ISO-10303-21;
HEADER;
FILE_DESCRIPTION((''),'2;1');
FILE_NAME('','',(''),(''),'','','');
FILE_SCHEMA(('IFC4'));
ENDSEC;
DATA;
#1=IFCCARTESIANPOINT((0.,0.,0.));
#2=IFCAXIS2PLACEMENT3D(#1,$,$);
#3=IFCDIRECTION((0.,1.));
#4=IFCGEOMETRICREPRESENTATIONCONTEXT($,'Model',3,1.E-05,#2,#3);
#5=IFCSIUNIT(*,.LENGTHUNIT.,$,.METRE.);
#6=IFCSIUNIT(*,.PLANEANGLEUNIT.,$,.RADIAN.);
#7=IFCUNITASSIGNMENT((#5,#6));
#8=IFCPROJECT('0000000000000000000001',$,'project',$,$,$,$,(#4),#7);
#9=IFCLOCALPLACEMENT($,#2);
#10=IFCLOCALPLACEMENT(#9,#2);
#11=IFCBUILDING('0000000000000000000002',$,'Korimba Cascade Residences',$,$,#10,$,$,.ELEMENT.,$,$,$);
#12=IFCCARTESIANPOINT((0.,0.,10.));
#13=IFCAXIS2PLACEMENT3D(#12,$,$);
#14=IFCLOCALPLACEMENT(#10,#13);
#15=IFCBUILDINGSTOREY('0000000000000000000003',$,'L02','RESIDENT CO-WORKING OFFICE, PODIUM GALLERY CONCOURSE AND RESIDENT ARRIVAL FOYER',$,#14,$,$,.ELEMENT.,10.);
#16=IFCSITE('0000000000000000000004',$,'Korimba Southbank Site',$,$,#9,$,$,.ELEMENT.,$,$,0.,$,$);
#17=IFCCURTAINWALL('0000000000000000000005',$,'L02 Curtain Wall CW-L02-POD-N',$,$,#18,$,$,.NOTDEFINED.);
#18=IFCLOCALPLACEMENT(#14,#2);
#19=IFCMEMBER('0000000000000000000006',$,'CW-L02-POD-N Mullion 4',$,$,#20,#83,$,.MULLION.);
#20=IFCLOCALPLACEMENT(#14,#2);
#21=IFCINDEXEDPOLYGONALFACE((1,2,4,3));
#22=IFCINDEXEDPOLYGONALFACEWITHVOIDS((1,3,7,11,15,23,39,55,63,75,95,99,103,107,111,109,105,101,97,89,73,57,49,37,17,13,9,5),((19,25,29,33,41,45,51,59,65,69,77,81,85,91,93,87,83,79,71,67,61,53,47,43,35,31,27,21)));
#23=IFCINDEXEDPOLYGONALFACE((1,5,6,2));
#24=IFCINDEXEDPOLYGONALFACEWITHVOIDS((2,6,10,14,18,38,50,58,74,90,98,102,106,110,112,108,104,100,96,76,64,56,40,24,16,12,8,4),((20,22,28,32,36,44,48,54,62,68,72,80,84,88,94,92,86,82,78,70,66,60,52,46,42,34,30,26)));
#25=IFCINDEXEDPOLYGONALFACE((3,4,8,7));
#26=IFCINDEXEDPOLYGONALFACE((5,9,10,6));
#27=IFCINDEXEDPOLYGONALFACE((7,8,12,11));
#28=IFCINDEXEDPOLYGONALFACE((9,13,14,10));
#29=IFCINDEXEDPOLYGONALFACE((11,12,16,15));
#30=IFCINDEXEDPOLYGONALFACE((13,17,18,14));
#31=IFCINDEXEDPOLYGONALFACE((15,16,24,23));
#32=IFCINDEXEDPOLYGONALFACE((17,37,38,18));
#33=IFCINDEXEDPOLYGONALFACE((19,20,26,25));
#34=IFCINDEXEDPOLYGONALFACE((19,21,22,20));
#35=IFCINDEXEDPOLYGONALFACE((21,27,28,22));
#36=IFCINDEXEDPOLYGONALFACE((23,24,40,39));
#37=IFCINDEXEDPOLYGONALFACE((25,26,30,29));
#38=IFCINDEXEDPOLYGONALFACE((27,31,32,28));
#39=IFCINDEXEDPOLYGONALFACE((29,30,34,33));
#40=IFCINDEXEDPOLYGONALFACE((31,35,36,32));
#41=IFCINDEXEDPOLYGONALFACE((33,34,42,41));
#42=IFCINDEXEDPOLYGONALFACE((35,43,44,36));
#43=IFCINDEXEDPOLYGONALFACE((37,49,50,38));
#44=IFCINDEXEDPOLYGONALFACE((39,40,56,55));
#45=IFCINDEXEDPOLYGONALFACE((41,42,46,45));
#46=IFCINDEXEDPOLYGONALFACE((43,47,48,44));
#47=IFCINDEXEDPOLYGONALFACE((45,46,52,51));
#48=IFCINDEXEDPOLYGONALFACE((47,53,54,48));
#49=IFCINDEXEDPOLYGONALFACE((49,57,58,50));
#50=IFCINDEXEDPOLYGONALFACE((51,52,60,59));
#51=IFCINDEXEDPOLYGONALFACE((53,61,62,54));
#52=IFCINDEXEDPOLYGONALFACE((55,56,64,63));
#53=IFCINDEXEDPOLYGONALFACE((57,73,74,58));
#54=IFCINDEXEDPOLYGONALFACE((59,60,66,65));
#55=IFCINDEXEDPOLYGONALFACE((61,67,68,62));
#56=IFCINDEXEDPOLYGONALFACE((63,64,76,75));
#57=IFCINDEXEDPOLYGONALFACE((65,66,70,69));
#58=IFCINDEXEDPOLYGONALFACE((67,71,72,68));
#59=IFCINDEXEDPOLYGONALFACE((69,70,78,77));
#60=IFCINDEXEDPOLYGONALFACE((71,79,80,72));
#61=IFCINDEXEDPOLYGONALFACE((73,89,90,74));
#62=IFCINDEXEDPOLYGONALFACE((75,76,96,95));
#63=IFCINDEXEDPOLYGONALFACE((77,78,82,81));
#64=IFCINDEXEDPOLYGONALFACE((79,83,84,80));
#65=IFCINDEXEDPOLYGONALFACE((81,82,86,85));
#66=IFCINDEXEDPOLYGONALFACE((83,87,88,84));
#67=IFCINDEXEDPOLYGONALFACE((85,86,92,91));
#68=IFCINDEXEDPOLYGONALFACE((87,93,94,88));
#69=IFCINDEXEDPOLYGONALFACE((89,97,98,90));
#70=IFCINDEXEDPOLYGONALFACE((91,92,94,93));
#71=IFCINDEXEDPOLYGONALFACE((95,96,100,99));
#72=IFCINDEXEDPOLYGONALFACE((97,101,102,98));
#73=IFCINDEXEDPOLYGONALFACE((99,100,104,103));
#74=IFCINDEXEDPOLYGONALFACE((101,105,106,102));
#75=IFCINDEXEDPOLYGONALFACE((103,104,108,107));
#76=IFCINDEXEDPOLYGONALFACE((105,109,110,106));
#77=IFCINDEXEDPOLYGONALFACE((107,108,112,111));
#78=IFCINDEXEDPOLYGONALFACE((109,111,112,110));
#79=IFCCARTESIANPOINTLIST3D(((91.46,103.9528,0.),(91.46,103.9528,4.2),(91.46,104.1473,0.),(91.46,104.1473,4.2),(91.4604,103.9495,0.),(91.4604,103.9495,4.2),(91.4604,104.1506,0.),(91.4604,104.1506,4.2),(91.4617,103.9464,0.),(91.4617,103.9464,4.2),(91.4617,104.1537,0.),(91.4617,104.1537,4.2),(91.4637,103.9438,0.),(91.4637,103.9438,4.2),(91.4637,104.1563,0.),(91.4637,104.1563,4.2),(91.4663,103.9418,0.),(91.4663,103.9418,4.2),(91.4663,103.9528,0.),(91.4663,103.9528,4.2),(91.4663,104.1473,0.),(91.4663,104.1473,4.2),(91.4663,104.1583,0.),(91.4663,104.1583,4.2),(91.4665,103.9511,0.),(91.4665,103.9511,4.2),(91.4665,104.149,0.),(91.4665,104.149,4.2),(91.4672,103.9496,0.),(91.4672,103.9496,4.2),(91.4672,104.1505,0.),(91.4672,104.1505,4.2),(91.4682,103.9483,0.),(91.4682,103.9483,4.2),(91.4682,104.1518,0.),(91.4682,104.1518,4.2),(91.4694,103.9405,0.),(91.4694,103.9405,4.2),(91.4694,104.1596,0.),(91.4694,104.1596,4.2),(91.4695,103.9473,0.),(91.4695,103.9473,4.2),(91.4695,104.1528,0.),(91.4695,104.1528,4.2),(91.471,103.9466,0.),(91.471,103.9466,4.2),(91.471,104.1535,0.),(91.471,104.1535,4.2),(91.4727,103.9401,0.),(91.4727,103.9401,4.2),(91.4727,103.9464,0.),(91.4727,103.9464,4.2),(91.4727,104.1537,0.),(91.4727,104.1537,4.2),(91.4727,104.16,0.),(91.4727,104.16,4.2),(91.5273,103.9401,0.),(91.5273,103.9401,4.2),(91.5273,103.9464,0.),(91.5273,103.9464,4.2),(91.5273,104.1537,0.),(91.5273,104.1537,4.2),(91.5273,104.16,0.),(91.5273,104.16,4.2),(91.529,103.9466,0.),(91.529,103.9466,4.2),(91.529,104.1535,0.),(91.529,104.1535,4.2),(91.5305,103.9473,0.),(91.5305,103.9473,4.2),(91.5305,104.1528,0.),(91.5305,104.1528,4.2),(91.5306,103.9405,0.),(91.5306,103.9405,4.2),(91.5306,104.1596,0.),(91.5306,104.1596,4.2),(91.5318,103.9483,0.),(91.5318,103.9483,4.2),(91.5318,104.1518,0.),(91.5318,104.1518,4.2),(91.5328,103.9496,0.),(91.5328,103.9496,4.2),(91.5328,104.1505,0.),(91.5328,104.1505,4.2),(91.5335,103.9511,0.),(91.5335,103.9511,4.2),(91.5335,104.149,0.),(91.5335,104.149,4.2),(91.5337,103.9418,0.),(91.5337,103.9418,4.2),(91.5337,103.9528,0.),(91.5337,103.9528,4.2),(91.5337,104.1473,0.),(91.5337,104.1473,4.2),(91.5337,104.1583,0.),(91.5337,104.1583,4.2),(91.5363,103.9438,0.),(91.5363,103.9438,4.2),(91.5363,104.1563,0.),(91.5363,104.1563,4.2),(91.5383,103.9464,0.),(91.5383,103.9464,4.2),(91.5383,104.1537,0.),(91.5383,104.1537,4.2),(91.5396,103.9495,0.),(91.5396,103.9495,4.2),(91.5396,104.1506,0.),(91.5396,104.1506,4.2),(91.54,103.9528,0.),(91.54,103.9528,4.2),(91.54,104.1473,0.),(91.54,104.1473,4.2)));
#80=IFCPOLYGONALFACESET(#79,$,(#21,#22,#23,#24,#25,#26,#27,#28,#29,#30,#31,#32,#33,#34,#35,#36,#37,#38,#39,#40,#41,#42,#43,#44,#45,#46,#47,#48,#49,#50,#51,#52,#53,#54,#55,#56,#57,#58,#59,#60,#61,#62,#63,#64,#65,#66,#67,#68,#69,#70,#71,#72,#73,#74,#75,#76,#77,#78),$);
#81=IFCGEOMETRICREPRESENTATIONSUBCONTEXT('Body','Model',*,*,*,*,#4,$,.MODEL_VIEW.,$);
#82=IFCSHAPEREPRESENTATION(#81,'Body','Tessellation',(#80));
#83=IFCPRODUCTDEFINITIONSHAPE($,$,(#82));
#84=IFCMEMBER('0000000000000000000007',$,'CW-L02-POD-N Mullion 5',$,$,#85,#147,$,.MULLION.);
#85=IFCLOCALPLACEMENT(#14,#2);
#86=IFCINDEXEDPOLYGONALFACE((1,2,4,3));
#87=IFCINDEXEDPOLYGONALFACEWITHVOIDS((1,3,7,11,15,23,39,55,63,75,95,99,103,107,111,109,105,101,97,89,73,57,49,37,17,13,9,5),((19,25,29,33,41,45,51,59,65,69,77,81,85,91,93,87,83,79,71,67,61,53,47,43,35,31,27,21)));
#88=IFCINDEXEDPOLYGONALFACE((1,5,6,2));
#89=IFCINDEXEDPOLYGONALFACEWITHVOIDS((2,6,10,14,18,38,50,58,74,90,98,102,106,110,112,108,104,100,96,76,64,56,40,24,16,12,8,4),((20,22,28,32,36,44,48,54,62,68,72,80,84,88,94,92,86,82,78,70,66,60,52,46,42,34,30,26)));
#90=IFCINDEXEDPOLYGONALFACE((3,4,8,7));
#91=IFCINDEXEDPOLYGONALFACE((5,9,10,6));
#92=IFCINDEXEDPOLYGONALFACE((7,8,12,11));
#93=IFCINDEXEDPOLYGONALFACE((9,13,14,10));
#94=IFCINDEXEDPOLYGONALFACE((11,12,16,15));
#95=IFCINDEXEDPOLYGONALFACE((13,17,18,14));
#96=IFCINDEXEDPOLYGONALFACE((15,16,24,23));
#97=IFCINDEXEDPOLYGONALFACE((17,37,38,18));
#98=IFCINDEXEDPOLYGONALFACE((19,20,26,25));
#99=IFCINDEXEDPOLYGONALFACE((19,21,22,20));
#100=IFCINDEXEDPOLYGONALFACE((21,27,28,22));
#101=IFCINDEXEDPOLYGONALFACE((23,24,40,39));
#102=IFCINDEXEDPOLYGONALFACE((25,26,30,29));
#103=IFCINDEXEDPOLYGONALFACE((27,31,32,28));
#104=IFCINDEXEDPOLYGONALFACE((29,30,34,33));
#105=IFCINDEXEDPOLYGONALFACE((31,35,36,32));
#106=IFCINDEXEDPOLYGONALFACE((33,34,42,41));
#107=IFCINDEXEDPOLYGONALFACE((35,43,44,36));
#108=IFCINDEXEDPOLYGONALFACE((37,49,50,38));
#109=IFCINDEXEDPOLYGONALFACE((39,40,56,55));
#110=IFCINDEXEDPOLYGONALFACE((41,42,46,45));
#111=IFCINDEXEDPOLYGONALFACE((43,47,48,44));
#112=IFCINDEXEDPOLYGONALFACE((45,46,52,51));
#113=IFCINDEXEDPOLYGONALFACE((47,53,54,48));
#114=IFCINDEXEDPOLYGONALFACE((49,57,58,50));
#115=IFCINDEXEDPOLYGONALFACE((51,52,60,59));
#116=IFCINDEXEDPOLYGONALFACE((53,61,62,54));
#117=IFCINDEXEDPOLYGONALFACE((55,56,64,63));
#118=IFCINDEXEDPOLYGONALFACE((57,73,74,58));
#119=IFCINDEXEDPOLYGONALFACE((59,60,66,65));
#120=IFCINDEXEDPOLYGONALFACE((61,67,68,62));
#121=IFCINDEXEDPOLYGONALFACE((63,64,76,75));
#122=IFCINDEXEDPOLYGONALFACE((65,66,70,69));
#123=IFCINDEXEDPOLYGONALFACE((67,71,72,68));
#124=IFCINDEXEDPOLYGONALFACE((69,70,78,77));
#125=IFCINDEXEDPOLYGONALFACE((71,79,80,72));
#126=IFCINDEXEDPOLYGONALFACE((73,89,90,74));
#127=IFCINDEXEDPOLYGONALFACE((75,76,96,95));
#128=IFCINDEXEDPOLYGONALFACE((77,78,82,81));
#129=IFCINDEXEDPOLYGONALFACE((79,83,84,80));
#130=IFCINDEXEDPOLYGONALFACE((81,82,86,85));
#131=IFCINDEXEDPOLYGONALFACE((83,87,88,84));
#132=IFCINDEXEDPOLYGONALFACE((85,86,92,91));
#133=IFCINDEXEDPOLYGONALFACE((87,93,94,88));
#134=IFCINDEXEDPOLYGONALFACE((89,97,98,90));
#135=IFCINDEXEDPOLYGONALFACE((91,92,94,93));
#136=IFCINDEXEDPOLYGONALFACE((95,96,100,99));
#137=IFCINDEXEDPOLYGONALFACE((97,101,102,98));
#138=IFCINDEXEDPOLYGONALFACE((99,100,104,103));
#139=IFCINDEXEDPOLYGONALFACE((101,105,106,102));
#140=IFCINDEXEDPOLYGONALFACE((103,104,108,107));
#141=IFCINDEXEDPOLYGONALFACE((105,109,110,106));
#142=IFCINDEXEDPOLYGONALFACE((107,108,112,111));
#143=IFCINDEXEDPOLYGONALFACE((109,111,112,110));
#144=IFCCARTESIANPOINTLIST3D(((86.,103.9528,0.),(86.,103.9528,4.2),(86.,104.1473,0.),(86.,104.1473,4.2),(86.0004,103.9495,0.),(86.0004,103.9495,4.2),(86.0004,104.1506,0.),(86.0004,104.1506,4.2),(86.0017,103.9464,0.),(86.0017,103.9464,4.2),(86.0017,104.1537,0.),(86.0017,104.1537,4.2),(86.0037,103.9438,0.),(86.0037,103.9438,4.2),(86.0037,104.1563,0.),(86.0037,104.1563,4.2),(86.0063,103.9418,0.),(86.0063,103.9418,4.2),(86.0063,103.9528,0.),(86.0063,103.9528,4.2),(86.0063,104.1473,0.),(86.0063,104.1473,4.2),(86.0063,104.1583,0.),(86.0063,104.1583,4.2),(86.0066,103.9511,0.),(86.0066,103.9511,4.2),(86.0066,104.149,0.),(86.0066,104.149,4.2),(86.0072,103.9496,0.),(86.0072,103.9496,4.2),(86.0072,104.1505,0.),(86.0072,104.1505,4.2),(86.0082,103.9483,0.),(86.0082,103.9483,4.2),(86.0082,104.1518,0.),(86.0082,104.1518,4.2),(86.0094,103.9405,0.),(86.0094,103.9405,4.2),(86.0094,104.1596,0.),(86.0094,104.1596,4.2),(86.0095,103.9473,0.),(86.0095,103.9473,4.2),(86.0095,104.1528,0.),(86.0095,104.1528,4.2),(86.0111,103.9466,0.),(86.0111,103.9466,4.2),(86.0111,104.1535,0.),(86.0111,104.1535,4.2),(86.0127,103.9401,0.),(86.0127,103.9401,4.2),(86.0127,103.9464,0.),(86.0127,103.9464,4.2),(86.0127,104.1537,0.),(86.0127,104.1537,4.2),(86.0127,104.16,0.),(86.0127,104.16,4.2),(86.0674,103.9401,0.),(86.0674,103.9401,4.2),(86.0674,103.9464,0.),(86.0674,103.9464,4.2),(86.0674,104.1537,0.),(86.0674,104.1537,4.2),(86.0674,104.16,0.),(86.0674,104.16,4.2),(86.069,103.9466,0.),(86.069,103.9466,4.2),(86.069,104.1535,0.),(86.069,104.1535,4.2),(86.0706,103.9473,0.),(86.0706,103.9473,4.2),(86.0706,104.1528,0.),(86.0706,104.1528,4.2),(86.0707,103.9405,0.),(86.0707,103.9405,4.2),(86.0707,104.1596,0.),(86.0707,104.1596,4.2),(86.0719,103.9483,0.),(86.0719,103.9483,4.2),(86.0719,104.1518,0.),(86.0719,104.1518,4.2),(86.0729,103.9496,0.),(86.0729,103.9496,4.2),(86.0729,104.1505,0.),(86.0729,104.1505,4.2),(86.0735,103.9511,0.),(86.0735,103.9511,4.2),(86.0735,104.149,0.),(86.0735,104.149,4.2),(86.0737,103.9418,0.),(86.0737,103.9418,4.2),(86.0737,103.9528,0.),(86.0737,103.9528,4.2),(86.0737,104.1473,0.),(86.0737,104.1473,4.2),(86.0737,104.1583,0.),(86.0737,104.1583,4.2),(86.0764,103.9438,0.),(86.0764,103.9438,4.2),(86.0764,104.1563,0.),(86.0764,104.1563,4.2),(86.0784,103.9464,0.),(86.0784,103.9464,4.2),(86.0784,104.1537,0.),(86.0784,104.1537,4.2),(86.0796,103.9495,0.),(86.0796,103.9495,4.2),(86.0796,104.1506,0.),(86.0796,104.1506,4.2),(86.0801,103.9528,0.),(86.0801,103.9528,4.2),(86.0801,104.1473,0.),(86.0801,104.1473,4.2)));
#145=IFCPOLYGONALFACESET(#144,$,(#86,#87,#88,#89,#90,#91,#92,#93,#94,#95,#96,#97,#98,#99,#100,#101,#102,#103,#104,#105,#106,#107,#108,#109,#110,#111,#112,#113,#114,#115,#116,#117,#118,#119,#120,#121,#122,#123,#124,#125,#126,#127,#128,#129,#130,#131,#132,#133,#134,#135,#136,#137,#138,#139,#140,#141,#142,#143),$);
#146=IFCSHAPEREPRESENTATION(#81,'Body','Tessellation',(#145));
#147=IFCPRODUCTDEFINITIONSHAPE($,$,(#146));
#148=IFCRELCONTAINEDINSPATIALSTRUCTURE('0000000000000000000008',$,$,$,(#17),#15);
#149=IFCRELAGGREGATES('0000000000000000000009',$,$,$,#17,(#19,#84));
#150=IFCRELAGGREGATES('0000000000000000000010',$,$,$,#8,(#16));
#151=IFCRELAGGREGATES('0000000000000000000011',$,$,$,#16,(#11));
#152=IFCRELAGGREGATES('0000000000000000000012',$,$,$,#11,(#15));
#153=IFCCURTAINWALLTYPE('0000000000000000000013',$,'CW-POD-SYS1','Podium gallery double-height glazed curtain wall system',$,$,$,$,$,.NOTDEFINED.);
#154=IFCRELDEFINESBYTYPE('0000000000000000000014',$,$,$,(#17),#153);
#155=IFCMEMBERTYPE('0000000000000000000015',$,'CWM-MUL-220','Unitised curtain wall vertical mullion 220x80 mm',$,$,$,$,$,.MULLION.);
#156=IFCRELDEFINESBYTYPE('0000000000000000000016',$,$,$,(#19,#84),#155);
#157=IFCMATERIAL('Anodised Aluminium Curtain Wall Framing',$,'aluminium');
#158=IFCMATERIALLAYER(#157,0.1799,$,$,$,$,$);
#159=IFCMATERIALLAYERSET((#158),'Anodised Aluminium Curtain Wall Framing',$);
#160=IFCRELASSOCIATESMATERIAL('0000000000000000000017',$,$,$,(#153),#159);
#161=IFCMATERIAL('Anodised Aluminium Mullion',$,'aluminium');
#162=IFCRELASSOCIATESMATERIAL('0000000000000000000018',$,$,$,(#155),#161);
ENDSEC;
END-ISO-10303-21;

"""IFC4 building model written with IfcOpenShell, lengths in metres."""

from ifc_helpers import new_model, si_unit, direction, frame, origin, origin_2d, place, context, subcontext, project, spatial, hollow_rectangle, extrude, material, layer, layer_set, material_profile, profile_set, type_object, element, aggregate, save


model = new_model("IFC4")

# Units and contexts
model_context = context("Model", 3, precision=1e-05, world=origin(), true_north=direction((0.0, 1.0)))
body_context = subcontext(model_context, "Body", "Model", "MODEL_VIEW")
ifc_project = project(units=[si_unit("LENGTHUNIT", "METRE"), si_unit("PLANEANGLEUNIT", "RADIAN")], contexts=[model_context])

# Site, building, storey
site_placement = place(None, origin())
site = spatial("IfcSite", under=ifc_project, at=site_placement, Name="Korimba Southbank Site", CompositionType="ELEMENT", RefElevation=0.0)
building_placement = place(site_placement, origin())
building = spatial("IfcBuilding", under=site, at=building_placement, Name="Korimba Cascade Residences", CompositionType="ELEMENT")
storey_placement = place(building_placement, frame((0.0, 0.0, 10.0)))
storey = spatial("IfcBuildingStorey", under=building, at=storey_placement, Name="L02", Description="RESIDENT CO-WORKING OFFICE, PODIUM GALLERY CONCOURSE AND RESIDENT ARRIVAL FOYER", CompositionType="ELEMENT", Elevation=10.0)

# Curtain wall, members
ifc_material_1 = material(Name="Anodised Aluminium Curtain Wall Framing", Category="aluminium")
ifc_layer_1 = layer(ifc_material_1, 0.1799)
ifc_layer_set_1 = layer_set([ifc_layer_1], Name="Anodised Aluminium Curtain Wall Framing")
curtain_wall_type = type_object("IfcCurtainWallType", Name="CW-POD-SYS1", Description="Podium gallery double-height glazed curtain wall system", PredefinedType="NOTDEFINED", material=ifc_layer_set_1)
curtain_wall_placement = place(storey_placement, origin())
curtain_wall = element("IfcCurtainWall", 1, at=curtain_wall_placement, inside=storey, type_object=curtain_wall_type, Name="L02 Curtain Wall CW-L02-POD-N", PredefinedType="NOTDEFINED")
ifc_material_2 = material(Name="Anodised Aluminium Mullion", Category="aluminium")
ifc_material_profile_1 = material_profile(ifc_material_2, hollow_rectangle(XDim=0.0801, YDim=0.22, WallThickness=0.0063, InnerFilletRadius=0.0063, OuterFilletRadius=0.0127, at=origin_2d()), Name="Anodised Aluminium Mullion")
ifc_profile_set_1 = profile_set([ifc_material_profile_1], Name="Anodised Aluminium Mullion")
member_type_1 = type_object("IfcMemberType", Name="CWM-MUL-220", Description="Unitised curtain wall vertical mullion 220x80 mm", PredefinedType="MULLION", material=ifc_profile_set_1)
member_1_placement = place(storey_placement, frame((91.5, 104.05, 0.0), z_axis=(0.0, 0.0, 1.0), x_axis=(-1.0, 0.0, 0.0)))
member_1 = element("IfcMember", 2, at=member_1_placement, type_object=member_type_1, Name="CW-L02-POD-N Mullion 4", PredefinedType="MULLION", context=body_context, shape_type="SweptSolid", body=[
    extrude(hollow_rectangle(XDim=0.0801, YDim=0.22, WallThickness=0.0063, InnerFilletRadius=0.0063, OuterFilletRadius=0.0127, at=origin_2d()), origin(), (0.0, 0.0, 1.0), 4.2),
])
member_2_placement = place(storey_placement, frame((86.04, 104.05, 0.0), z_axis=(0.0, 0.0, 1.0), x_axis=(-1.0, 0.0, 0.0)))
member_2 = element("IfcMember", 3, at=member_2_placement, type_object=member_type_1, Name="CW-L02-POD-N Mullion 5", PredefinedType="MULLION", context=body_context, shape_type="SweptSolid", body=[
    extrude(hollow_rectangle(XDim=0.0801, YDim=0.22, WallThickness=0.0063, InnerFilletRadius=0.0063, OuterFilletRadius=0.0127, at=origin_2d()), origin(), (0.0, 0.0, 1.0), 4.2),
])
aggregate(curtain_wall, [member_1, member_2])

save(model, "model.ifc")
